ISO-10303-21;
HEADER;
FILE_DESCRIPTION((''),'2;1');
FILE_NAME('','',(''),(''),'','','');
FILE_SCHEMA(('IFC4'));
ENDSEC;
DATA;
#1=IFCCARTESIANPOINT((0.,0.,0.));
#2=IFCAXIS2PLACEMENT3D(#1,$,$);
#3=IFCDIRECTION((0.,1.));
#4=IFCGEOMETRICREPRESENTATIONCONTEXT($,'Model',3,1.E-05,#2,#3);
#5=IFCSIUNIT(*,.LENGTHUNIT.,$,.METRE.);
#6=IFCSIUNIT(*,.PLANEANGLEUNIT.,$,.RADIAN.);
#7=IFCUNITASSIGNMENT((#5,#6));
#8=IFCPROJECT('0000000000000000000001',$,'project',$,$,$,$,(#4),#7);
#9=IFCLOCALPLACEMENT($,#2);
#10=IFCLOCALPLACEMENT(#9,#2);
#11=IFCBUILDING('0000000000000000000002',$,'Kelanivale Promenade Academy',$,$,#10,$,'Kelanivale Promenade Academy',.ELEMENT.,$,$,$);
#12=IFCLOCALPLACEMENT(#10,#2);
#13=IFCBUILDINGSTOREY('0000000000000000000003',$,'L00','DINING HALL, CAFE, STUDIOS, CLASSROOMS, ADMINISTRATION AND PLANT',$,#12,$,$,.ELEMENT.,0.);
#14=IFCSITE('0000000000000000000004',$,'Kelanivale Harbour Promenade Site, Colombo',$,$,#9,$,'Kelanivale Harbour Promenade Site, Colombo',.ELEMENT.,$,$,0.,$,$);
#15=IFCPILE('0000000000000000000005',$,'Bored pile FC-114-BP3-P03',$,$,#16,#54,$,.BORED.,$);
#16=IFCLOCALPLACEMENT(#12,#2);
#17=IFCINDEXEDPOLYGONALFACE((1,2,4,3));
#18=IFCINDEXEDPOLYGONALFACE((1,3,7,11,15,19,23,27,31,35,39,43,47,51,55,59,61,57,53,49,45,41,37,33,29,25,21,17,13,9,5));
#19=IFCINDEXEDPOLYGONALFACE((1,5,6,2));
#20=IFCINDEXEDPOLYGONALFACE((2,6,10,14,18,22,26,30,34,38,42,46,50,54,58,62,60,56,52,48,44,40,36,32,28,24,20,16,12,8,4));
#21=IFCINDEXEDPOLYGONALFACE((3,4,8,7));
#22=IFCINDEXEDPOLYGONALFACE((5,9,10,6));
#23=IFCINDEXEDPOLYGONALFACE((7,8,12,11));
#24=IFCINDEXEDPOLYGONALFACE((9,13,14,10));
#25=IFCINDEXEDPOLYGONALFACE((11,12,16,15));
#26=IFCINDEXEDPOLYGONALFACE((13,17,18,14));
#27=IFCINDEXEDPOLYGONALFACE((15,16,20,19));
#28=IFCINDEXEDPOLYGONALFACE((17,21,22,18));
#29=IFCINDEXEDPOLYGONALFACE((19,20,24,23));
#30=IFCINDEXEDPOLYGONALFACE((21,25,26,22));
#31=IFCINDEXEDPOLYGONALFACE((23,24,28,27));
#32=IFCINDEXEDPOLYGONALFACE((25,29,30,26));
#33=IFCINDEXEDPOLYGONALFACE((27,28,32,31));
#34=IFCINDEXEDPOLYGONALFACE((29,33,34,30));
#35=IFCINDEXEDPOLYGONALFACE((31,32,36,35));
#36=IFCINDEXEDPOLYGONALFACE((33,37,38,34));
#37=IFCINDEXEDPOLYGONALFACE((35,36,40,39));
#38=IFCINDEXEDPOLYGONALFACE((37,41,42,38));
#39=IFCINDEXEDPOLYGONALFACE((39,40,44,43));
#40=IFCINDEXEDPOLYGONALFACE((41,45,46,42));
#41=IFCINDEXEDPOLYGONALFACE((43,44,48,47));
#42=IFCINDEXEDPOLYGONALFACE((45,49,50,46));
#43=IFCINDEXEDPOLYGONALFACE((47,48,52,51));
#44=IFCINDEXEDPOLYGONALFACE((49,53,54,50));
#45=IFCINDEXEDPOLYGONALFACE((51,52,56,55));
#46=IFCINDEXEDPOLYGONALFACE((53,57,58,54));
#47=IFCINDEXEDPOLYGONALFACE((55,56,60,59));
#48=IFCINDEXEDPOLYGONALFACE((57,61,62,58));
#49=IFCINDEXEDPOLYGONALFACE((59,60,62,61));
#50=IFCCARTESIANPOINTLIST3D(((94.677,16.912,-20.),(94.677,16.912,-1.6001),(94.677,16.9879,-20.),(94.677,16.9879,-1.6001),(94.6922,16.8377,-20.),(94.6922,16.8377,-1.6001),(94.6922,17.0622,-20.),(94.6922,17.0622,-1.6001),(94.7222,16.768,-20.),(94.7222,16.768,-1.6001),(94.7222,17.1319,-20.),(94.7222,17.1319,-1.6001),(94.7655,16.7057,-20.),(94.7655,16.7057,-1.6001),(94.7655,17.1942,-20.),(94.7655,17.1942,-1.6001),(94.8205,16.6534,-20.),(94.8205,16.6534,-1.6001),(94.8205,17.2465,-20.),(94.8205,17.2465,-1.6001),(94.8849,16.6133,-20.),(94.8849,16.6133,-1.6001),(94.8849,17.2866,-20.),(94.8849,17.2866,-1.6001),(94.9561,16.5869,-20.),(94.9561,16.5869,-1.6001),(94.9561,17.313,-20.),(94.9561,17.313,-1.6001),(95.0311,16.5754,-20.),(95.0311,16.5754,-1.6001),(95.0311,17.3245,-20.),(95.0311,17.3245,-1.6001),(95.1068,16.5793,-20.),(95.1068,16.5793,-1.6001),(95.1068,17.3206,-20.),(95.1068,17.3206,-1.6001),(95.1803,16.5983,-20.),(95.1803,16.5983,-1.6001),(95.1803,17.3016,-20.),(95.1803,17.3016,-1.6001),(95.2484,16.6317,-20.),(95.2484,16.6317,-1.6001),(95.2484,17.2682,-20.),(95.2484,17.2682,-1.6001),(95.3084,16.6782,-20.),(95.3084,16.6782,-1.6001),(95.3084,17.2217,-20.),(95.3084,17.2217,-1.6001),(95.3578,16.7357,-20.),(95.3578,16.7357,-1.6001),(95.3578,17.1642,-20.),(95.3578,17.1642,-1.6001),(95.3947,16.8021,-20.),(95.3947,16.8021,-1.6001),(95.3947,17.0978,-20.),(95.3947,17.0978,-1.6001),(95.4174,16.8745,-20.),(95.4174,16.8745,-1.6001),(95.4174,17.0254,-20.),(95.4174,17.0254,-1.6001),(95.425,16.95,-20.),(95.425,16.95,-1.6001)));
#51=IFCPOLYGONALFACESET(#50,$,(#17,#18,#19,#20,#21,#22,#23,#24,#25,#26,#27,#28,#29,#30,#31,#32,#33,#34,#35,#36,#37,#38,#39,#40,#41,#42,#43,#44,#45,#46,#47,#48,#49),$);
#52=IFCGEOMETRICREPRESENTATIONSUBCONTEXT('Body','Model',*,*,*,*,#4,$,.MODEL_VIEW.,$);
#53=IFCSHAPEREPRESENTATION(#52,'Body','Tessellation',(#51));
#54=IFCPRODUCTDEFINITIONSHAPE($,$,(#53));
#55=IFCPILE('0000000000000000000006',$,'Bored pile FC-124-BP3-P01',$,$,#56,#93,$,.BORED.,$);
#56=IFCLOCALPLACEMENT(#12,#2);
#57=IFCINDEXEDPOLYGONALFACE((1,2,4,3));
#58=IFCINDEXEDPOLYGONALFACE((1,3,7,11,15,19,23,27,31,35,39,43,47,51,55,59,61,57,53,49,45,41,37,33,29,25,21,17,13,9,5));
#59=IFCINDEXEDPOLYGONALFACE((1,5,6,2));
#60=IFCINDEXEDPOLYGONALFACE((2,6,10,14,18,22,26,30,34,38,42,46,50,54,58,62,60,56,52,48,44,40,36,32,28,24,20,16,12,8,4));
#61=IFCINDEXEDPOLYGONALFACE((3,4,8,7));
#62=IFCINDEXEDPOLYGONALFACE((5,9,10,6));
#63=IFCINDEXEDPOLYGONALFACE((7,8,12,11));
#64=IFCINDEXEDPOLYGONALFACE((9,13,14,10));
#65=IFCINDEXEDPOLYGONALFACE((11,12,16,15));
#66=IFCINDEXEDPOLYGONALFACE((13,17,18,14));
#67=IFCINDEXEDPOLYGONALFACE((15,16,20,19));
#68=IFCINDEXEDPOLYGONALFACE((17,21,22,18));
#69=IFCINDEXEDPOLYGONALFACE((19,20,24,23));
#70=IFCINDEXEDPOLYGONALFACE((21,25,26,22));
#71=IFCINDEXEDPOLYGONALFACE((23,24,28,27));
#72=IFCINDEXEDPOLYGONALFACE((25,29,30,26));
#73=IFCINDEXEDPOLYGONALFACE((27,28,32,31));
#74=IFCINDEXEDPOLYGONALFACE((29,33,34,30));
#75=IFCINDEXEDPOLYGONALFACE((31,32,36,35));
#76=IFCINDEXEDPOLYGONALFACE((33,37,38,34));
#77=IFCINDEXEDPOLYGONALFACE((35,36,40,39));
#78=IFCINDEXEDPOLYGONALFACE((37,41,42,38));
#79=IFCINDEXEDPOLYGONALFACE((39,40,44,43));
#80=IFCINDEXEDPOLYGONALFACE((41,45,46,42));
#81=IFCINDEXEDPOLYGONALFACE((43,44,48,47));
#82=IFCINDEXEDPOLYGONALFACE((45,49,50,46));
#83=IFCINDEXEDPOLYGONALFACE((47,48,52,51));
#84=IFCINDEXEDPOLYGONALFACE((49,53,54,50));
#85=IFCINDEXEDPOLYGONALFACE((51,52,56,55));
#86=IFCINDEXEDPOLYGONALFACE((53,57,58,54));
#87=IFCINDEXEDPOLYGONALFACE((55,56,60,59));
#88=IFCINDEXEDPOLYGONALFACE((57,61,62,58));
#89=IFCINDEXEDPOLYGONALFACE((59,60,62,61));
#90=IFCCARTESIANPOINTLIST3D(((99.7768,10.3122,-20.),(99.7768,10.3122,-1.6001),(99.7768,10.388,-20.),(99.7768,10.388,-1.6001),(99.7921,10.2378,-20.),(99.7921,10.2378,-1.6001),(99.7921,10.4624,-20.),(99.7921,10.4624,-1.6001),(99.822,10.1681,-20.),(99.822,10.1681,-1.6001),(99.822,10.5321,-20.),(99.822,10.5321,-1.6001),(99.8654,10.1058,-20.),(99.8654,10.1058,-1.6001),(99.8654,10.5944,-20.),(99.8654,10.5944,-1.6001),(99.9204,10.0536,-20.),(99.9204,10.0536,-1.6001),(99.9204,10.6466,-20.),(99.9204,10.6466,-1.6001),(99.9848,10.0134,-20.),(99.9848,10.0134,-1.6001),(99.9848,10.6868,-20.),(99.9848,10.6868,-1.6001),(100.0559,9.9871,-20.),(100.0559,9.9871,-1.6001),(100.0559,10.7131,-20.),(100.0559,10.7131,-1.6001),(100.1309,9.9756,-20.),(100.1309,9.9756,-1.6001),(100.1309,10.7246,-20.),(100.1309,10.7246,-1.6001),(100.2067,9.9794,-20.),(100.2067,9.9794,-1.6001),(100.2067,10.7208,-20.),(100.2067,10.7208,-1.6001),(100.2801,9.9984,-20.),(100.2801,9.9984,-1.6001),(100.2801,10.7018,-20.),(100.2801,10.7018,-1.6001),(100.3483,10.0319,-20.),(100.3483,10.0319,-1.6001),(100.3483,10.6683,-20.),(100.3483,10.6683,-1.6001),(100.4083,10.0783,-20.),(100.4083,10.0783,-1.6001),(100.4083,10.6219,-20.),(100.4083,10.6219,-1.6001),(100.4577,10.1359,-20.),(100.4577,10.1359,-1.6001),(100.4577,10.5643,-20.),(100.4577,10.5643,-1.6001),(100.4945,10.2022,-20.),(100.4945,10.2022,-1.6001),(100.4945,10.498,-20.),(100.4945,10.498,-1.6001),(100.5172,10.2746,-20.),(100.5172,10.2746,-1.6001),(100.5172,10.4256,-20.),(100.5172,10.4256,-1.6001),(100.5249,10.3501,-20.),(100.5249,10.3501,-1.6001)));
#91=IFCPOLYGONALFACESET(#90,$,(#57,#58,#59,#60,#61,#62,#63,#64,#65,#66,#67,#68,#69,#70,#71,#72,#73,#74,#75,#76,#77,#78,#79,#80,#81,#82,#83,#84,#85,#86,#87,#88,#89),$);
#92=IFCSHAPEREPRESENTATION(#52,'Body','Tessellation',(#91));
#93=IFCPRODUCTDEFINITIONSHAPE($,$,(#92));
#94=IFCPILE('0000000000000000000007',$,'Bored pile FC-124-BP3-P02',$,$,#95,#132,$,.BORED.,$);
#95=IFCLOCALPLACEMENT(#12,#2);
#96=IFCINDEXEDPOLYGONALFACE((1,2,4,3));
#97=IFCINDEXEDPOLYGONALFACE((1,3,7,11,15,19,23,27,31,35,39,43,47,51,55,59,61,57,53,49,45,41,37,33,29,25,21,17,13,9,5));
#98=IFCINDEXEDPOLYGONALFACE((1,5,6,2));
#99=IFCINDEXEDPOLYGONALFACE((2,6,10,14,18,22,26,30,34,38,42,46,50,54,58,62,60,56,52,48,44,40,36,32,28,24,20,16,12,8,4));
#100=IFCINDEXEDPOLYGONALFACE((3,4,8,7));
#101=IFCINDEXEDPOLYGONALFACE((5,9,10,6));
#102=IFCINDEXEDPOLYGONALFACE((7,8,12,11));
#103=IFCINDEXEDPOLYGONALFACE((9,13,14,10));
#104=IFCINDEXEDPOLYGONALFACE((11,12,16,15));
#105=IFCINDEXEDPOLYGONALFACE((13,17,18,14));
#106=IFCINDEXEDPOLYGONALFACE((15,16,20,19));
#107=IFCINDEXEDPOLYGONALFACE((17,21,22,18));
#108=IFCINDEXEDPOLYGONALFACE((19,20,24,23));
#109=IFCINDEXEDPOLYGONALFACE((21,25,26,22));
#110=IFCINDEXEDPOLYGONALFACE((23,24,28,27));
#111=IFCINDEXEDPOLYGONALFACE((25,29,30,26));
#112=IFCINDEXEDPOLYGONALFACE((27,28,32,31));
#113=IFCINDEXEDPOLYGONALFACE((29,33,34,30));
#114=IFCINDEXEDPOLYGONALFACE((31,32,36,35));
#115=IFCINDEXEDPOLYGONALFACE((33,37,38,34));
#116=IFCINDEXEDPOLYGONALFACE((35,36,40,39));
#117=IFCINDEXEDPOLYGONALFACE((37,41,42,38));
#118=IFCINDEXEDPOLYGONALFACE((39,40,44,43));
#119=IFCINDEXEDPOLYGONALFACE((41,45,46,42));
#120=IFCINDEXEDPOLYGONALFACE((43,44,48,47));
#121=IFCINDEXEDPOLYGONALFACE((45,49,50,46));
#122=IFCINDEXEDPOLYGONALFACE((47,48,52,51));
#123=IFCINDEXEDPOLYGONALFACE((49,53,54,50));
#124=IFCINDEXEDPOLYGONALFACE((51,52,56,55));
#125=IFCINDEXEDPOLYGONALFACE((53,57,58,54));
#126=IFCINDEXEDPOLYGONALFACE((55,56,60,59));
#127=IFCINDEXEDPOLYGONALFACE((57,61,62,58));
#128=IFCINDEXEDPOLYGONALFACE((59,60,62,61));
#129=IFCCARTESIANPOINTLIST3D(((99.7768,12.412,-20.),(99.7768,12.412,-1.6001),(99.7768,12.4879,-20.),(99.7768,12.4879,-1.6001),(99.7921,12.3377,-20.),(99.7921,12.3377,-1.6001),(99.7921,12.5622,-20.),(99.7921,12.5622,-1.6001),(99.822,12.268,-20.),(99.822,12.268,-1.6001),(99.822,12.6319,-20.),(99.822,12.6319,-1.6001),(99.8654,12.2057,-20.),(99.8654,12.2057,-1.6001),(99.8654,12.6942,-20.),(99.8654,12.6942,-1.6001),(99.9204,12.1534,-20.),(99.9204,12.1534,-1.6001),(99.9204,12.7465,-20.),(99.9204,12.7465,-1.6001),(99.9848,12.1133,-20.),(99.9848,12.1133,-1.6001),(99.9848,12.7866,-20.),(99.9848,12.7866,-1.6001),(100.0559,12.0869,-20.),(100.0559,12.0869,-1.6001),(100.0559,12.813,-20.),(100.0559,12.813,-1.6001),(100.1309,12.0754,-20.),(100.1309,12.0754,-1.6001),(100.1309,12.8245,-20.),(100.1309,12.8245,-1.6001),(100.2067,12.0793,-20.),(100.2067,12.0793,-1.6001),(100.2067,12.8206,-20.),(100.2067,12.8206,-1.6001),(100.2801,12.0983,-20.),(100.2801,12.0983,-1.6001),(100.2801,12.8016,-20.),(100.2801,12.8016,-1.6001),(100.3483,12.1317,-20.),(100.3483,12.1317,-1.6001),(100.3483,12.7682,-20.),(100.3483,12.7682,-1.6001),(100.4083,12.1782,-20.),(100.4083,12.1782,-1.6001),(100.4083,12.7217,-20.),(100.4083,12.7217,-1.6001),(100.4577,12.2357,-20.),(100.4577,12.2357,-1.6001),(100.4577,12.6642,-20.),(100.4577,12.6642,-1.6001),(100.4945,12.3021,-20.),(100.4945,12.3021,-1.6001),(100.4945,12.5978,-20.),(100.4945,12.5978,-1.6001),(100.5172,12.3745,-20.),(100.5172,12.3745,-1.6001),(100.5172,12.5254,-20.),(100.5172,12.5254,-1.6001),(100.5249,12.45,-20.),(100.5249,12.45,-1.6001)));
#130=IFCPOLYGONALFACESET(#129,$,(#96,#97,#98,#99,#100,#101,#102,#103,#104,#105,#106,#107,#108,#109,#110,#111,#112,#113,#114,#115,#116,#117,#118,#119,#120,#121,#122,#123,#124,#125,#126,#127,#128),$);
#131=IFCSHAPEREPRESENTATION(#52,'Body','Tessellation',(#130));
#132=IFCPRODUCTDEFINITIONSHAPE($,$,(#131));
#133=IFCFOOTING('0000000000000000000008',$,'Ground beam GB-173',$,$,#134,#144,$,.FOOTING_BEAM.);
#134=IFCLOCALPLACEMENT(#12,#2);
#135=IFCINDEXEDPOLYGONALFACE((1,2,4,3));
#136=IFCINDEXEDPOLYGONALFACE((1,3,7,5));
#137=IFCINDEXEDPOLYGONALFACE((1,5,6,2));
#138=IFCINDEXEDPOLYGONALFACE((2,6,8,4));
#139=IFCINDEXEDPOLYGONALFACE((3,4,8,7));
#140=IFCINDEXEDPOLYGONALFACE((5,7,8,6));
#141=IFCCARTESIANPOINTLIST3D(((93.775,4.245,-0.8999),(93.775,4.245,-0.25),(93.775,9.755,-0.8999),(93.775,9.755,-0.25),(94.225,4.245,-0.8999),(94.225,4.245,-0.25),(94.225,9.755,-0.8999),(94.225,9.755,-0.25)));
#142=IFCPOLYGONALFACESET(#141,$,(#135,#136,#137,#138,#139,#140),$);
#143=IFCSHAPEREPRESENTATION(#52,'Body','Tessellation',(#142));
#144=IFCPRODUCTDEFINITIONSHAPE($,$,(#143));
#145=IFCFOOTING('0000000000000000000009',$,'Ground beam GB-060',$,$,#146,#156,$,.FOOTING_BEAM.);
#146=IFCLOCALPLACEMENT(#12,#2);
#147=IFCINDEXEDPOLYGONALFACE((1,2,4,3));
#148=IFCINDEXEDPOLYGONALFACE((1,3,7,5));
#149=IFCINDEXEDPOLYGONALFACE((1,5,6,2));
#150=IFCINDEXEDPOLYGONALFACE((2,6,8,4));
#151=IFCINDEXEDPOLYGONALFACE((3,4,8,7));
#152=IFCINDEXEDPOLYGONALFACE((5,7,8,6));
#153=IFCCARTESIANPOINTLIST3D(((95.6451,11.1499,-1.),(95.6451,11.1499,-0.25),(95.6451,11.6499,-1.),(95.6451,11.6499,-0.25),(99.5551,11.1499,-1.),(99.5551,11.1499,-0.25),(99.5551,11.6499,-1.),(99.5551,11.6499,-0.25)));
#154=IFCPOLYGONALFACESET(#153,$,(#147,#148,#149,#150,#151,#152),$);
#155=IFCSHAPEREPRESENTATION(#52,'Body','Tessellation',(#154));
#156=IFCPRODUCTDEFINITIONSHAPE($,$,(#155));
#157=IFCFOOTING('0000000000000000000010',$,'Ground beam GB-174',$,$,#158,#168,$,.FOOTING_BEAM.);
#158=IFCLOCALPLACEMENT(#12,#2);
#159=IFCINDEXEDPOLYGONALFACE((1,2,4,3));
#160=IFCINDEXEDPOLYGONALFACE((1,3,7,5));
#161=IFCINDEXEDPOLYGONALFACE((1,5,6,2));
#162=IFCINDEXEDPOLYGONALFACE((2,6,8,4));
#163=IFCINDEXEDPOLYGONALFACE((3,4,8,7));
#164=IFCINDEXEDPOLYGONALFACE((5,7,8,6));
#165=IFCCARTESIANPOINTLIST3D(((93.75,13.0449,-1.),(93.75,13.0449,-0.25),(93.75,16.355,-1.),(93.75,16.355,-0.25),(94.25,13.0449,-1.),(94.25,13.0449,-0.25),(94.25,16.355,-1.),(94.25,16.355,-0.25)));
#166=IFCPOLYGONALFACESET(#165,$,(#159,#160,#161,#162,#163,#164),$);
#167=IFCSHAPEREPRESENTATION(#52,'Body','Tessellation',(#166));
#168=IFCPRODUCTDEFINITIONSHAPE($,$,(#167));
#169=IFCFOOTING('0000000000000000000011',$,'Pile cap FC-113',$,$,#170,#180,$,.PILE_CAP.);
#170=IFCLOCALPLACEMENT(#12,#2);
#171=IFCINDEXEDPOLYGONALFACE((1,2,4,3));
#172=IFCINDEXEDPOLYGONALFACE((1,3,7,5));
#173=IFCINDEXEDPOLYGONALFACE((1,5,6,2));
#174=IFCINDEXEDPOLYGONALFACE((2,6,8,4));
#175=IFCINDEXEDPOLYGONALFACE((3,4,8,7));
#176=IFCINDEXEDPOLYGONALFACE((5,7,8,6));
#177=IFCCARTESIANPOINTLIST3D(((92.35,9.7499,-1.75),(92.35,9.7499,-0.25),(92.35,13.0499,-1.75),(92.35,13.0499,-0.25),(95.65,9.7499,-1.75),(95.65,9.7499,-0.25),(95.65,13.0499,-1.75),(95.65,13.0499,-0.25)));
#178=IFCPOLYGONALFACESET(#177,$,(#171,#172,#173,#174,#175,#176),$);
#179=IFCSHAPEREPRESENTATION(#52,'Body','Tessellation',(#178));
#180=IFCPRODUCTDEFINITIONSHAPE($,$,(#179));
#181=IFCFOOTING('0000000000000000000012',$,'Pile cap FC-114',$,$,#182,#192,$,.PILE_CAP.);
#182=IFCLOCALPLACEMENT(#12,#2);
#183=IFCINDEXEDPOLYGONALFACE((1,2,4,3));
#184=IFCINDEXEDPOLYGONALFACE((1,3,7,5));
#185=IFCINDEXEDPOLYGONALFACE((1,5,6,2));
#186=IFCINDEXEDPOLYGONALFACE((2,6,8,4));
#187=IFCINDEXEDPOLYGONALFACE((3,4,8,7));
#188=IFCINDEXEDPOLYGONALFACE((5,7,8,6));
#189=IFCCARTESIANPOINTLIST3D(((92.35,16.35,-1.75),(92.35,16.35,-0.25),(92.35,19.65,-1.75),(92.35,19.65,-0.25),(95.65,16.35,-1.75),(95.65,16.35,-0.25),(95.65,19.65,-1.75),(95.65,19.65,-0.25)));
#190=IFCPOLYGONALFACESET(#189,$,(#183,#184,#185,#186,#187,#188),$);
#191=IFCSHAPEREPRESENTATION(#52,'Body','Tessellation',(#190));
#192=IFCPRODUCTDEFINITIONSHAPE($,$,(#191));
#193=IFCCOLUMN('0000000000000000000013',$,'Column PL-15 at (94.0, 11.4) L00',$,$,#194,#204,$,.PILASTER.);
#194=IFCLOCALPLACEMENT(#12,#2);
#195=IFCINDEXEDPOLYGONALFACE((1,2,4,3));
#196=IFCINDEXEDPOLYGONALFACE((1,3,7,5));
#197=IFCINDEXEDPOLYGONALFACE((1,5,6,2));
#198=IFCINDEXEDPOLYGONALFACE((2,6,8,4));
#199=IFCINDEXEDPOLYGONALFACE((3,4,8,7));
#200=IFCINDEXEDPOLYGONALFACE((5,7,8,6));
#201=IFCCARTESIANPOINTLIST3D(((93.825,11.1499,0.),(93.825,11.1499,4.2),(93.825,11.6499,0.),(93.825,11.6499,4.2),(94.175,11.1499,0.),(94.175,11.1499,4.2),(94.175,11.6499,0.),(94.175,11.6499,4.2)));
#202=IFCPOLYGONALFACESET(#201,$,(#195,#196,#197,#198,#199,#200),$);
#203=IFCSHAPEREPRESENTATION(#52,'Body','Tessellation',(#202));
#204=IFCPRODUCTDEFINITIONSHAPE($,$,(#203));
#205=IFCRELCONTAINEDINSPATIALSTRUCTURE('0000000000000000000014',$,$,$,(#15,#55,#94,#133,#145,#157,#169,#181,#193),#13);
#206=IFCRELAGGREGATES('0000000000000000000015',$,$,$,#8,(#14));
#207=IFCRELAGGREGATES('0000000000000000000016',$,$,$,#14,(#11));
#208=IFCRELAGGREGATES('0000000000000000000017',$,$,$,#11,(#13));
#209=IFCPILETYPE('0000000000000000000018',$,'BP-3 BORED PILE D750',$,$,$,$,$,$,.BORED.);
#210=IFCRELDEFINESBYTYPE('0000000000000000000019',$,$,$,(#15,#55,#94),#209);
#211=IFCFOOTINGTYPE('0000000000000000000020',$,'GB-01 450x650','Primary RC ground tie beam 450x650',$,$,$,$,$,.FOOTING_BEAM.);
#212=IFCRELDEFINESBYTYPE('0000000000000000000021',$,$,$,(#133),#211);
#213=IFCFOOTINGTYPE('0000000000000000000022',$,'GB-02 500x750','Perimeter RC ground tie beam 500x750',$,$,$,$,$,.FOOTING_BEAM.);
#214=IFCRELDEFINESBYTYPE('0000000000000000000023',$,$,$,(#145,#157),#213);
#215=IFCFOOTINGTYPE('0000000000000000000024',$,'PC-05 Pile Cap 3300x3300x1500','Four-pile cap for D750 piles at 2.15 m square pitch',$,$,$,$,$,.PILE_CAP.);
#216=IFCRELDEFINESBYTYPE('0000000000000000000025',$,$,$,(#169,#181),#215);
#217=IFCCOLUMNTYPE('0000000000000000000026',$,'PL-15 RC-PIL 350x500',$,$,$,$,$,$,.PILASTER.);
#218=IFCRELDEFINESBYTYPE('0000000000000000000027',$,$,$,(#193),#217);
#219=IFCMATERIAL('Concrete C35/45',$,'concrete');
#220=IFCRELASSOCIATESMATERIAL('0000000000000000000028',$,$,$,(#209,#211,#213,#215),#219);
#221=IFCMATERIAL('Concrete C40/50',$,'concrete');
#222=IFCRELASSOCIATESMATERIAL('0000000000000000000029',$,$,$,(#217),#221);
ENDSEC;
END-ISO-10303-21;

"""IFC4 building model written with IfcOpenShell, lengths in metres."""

from ifc_helpers import new_model, si_unit, direction, frame, origin, origin_2d, place, context, subcontext, project, spatial, rectangle, circle, extrude, material, material_profile, profile_set, type_object, element, save


model = new_model("IFC4")

# Units and contexts
model_context = context("Model", 3, precision=1e-05, world=origin(), true_north=direction((0.0, 1.0)))
body_context = subcontext(model_context, "Body", "Model", "MODEL_VIEW")
ifc_project = project(units=[si_unit("LENGTHUNIT", "METRE"), si_unit("PLANEANGLEUNIT", "RADIAN")], contexts=[model_context])

# Site, building, storey
site_placement = place(None, origin())
site = spatial("IfcSite", under=ifc_project, at=site_placement, Name="Kelanivale Harbour Promenade Site, Colombo", LongName="Kelanivale Harbour Promenade Site, Colombo", CompositionType="ELEMENT", RefElevation=0.0)
building_placement = place(site_placement, origin())
building = spatial("IfcBuilding", under=site, at=building_placement, Name="Kelanivale Promenade Academy", LongName="Kelanivale Promenade Academy", CompositionType="ELEMENT")
storey_placement = place(building_placement, origin())
storey = spatial("IfcBuildingStorey", under=building, at=storey_placement, Name="L00", Description="DINING HALL, CAFE, STUDIOS, CLASSROOMS, ADMINISTRATION AND PLANT", CompositionType="ELEMENT", Elevation=0.0)

# Piles
ifc_material_1 = material(Name="Concrete C35/45", Category="concrete")
ifc_material_profile_1 = material_profile(ifc_material_1, circle(Radius=0.375, at=origin_2d()), Name="BORED PILE D750")
ifc_profile_set_1 = profile_set([ifc_material_profile_1], Name="Concrete C35/45")
pile_type = type_object("IfcPileType", Name="BP-3 BORED PILE D750", PredefinedType="BORED", material=ifc_profile_set_1)
for number, where, z_axis, x_axis, name in (
    (1, (95.05, 16.95, -1.6001), (0.0, 0.0, -1.0), (1.0, 0.0, 0.0), "Bored pile FC-114-BP3-P03"),
    (2, (100.1499, 10.3501, -1.6001), (0.0, 0.0, -1.0), (1.0, 0.0, 0.0), "Bored pile FC-124-BP3-P01"),
    (3, (100.1499, 12.45, -1.6001), (0.0, 0.0, -1.0), (1.0, 0.0, 0.0), "Bored pile FC-124-BP3-P02"),
):
    element("IfcPile", number, at=place(storey_placement, frame(where, z_axis=z_axis, x_axis=x_axis)), inside=storey, type_object=pile_type, Name=name, PredefinedType="BORED", context=body_context, shape_type="SweptSolid", body=[
        extrude(circle(Radius=0.375, at=origin_2d()), origin(), (0.0, 0.0, 1.0), 18.3999),
    ])

# Footings
footing_type_1 = type_object("IfcFootingType", Name="GB-01 450x650", Description="Primary RC ground tie beam 450x650", PredefinedType="FOOTING_BEAM", material=ifc_material_1)
footing_1_placement = place(storey_placement, frame((94.0, 7.0, -0.8999), z_axis=(0.0, 0.0, 1.0), x_axis=(0.0, 1.0, 0.0)))
element("IfcFooting", 4, at=footing_1_placement, inside=storey, type_object=footing_type_1, Name="Ground beam GB-173", PredefinedType="FOOTING_BEAM", context=body_context, shape_type="SweptSolid", body=[
    extrude(rectangle(XDim=5.51, YDim=0.45, at=origin_2d()), origin(), (0.0, 0.0, 1.0), 0.6499),
])
footing_type_2 = type_object("IfcFootingType", Name="GB-02 500x750", Description="Perimeter RC ground tie beam 500x750", PredefinedType="FOOTING_BEAM", material=ifc_material_1)
footing_2_placement = place(storey_placement, frame((97.6001, 11.3999, -1.0), z_axis=(0.0, 0.0, 1.0), x_axis=(1.0, 0.0, 0.0)))
element("IfcFooting", 5, at=footing_2_placement, inside=storey, type_object=footing_type_2, Name="Ground beam GB-060", PredefinedType="FOOTING_BEAM", context=body_context, shape_type="SweptSolid", body=[
    extrude(rectangle(XDim=3.9099, YDim=0.5, at=origin_2d()), origin(), (0.0, 0.0, 1.0), 0.75),
])
footing_3_placement = place(storey_placement, frame((94.0, 14.7, -1.0), z_axis=(0.0, 0.0, 1.0), x_axis=(0.0, 1.0, 0.0)))
element("IfcFooting", 6, at=footing_3_placement, inside=storey, type_object=footing_type_2, Name="Ground beam GB-174", PredefinedType="FOOTING_BEAM", context=body_context, shape_type="SweptSolid", body=[
    extrude(rectangle(XDim=3.3101, YDim=0.5, at=origin_2d()), origin(), (0.0, 0.0, 1.0), 0.75),
])
footing_type_3 = type_object("IfcFootingType", Name="PC-05 Pile Cap 3300x3300x1500", Description="Four-pile cap for D750 piles at 2.15 m square pitch", PredefinedType="PILE_CAP", material=ifc_material_1)
for number, where, z_axis, x_axis, name in (
    (7, (94.0, 11.3999, -1.75), (0.0, 0.0, 1.0), (1.0, 0.0, 0.0), "Pile cap FC-113"),
    (8, (94.0, 18.0, -1.75), (0.0, 0.0, 1.0), (1.0, 0.0, 0.0), "Pile cap FC-114"),
):
    element("IfcFooting", number, at=place(storey_placement, frame(where, z_axis=z_axis, x_axis=x_axis)), inside=storey, type_object=footing_type_3, Name=name, PredefinedType="PILE_CAP", context=body_context, shape_type="SweptSolid", body=[
        extrude(rectangle(XDim=3.3, YDim=3.3, at=origin_2d()), origin(), (0.0, 0.0, 1.0), 1.5),
    ])

# Column
ifc_material_2 = material(Name="Concrete C40/50", Category="concrete")
ifc_material_profile_2 = material_profile(ifc_material_2, rectangle(XDim=0.3501, YDim=0.5, at=origin_2d()), Name="RC-PIL 350x500")
ifc_profile_set_2 = profile_set([ifc_material_profile_2], Name="Concrete C40/50")
column_type_1 = type_object("IfcColumnType", Name="PL-15 RC-PIL 350x500", PredefinedType="PILASTER", material=ifc_profile_set_2)
column_1_placement = place(storey_placement, frame((94.0, 11.3999, 0.0), z_axis=(0.0, 0.0, 1.0), x_axis=(1.0, 0.0, 0.0)))
element("IfcColumn", 9, at=column_1_placement, inside=storey, type_object=column_type_1, Name="Column PL-15 at (94.0, 11.4) L00", PredefinedType="PILASTER", context=body_context, shape_type="SweptSolid", body=[
    extrude(rectangle(XDim=0.3501, YDim=0.5, at=origin_2d()), origin(), (0.0, 0.0, 1.0), 4.2),
])

save(model, "model.ifc")
